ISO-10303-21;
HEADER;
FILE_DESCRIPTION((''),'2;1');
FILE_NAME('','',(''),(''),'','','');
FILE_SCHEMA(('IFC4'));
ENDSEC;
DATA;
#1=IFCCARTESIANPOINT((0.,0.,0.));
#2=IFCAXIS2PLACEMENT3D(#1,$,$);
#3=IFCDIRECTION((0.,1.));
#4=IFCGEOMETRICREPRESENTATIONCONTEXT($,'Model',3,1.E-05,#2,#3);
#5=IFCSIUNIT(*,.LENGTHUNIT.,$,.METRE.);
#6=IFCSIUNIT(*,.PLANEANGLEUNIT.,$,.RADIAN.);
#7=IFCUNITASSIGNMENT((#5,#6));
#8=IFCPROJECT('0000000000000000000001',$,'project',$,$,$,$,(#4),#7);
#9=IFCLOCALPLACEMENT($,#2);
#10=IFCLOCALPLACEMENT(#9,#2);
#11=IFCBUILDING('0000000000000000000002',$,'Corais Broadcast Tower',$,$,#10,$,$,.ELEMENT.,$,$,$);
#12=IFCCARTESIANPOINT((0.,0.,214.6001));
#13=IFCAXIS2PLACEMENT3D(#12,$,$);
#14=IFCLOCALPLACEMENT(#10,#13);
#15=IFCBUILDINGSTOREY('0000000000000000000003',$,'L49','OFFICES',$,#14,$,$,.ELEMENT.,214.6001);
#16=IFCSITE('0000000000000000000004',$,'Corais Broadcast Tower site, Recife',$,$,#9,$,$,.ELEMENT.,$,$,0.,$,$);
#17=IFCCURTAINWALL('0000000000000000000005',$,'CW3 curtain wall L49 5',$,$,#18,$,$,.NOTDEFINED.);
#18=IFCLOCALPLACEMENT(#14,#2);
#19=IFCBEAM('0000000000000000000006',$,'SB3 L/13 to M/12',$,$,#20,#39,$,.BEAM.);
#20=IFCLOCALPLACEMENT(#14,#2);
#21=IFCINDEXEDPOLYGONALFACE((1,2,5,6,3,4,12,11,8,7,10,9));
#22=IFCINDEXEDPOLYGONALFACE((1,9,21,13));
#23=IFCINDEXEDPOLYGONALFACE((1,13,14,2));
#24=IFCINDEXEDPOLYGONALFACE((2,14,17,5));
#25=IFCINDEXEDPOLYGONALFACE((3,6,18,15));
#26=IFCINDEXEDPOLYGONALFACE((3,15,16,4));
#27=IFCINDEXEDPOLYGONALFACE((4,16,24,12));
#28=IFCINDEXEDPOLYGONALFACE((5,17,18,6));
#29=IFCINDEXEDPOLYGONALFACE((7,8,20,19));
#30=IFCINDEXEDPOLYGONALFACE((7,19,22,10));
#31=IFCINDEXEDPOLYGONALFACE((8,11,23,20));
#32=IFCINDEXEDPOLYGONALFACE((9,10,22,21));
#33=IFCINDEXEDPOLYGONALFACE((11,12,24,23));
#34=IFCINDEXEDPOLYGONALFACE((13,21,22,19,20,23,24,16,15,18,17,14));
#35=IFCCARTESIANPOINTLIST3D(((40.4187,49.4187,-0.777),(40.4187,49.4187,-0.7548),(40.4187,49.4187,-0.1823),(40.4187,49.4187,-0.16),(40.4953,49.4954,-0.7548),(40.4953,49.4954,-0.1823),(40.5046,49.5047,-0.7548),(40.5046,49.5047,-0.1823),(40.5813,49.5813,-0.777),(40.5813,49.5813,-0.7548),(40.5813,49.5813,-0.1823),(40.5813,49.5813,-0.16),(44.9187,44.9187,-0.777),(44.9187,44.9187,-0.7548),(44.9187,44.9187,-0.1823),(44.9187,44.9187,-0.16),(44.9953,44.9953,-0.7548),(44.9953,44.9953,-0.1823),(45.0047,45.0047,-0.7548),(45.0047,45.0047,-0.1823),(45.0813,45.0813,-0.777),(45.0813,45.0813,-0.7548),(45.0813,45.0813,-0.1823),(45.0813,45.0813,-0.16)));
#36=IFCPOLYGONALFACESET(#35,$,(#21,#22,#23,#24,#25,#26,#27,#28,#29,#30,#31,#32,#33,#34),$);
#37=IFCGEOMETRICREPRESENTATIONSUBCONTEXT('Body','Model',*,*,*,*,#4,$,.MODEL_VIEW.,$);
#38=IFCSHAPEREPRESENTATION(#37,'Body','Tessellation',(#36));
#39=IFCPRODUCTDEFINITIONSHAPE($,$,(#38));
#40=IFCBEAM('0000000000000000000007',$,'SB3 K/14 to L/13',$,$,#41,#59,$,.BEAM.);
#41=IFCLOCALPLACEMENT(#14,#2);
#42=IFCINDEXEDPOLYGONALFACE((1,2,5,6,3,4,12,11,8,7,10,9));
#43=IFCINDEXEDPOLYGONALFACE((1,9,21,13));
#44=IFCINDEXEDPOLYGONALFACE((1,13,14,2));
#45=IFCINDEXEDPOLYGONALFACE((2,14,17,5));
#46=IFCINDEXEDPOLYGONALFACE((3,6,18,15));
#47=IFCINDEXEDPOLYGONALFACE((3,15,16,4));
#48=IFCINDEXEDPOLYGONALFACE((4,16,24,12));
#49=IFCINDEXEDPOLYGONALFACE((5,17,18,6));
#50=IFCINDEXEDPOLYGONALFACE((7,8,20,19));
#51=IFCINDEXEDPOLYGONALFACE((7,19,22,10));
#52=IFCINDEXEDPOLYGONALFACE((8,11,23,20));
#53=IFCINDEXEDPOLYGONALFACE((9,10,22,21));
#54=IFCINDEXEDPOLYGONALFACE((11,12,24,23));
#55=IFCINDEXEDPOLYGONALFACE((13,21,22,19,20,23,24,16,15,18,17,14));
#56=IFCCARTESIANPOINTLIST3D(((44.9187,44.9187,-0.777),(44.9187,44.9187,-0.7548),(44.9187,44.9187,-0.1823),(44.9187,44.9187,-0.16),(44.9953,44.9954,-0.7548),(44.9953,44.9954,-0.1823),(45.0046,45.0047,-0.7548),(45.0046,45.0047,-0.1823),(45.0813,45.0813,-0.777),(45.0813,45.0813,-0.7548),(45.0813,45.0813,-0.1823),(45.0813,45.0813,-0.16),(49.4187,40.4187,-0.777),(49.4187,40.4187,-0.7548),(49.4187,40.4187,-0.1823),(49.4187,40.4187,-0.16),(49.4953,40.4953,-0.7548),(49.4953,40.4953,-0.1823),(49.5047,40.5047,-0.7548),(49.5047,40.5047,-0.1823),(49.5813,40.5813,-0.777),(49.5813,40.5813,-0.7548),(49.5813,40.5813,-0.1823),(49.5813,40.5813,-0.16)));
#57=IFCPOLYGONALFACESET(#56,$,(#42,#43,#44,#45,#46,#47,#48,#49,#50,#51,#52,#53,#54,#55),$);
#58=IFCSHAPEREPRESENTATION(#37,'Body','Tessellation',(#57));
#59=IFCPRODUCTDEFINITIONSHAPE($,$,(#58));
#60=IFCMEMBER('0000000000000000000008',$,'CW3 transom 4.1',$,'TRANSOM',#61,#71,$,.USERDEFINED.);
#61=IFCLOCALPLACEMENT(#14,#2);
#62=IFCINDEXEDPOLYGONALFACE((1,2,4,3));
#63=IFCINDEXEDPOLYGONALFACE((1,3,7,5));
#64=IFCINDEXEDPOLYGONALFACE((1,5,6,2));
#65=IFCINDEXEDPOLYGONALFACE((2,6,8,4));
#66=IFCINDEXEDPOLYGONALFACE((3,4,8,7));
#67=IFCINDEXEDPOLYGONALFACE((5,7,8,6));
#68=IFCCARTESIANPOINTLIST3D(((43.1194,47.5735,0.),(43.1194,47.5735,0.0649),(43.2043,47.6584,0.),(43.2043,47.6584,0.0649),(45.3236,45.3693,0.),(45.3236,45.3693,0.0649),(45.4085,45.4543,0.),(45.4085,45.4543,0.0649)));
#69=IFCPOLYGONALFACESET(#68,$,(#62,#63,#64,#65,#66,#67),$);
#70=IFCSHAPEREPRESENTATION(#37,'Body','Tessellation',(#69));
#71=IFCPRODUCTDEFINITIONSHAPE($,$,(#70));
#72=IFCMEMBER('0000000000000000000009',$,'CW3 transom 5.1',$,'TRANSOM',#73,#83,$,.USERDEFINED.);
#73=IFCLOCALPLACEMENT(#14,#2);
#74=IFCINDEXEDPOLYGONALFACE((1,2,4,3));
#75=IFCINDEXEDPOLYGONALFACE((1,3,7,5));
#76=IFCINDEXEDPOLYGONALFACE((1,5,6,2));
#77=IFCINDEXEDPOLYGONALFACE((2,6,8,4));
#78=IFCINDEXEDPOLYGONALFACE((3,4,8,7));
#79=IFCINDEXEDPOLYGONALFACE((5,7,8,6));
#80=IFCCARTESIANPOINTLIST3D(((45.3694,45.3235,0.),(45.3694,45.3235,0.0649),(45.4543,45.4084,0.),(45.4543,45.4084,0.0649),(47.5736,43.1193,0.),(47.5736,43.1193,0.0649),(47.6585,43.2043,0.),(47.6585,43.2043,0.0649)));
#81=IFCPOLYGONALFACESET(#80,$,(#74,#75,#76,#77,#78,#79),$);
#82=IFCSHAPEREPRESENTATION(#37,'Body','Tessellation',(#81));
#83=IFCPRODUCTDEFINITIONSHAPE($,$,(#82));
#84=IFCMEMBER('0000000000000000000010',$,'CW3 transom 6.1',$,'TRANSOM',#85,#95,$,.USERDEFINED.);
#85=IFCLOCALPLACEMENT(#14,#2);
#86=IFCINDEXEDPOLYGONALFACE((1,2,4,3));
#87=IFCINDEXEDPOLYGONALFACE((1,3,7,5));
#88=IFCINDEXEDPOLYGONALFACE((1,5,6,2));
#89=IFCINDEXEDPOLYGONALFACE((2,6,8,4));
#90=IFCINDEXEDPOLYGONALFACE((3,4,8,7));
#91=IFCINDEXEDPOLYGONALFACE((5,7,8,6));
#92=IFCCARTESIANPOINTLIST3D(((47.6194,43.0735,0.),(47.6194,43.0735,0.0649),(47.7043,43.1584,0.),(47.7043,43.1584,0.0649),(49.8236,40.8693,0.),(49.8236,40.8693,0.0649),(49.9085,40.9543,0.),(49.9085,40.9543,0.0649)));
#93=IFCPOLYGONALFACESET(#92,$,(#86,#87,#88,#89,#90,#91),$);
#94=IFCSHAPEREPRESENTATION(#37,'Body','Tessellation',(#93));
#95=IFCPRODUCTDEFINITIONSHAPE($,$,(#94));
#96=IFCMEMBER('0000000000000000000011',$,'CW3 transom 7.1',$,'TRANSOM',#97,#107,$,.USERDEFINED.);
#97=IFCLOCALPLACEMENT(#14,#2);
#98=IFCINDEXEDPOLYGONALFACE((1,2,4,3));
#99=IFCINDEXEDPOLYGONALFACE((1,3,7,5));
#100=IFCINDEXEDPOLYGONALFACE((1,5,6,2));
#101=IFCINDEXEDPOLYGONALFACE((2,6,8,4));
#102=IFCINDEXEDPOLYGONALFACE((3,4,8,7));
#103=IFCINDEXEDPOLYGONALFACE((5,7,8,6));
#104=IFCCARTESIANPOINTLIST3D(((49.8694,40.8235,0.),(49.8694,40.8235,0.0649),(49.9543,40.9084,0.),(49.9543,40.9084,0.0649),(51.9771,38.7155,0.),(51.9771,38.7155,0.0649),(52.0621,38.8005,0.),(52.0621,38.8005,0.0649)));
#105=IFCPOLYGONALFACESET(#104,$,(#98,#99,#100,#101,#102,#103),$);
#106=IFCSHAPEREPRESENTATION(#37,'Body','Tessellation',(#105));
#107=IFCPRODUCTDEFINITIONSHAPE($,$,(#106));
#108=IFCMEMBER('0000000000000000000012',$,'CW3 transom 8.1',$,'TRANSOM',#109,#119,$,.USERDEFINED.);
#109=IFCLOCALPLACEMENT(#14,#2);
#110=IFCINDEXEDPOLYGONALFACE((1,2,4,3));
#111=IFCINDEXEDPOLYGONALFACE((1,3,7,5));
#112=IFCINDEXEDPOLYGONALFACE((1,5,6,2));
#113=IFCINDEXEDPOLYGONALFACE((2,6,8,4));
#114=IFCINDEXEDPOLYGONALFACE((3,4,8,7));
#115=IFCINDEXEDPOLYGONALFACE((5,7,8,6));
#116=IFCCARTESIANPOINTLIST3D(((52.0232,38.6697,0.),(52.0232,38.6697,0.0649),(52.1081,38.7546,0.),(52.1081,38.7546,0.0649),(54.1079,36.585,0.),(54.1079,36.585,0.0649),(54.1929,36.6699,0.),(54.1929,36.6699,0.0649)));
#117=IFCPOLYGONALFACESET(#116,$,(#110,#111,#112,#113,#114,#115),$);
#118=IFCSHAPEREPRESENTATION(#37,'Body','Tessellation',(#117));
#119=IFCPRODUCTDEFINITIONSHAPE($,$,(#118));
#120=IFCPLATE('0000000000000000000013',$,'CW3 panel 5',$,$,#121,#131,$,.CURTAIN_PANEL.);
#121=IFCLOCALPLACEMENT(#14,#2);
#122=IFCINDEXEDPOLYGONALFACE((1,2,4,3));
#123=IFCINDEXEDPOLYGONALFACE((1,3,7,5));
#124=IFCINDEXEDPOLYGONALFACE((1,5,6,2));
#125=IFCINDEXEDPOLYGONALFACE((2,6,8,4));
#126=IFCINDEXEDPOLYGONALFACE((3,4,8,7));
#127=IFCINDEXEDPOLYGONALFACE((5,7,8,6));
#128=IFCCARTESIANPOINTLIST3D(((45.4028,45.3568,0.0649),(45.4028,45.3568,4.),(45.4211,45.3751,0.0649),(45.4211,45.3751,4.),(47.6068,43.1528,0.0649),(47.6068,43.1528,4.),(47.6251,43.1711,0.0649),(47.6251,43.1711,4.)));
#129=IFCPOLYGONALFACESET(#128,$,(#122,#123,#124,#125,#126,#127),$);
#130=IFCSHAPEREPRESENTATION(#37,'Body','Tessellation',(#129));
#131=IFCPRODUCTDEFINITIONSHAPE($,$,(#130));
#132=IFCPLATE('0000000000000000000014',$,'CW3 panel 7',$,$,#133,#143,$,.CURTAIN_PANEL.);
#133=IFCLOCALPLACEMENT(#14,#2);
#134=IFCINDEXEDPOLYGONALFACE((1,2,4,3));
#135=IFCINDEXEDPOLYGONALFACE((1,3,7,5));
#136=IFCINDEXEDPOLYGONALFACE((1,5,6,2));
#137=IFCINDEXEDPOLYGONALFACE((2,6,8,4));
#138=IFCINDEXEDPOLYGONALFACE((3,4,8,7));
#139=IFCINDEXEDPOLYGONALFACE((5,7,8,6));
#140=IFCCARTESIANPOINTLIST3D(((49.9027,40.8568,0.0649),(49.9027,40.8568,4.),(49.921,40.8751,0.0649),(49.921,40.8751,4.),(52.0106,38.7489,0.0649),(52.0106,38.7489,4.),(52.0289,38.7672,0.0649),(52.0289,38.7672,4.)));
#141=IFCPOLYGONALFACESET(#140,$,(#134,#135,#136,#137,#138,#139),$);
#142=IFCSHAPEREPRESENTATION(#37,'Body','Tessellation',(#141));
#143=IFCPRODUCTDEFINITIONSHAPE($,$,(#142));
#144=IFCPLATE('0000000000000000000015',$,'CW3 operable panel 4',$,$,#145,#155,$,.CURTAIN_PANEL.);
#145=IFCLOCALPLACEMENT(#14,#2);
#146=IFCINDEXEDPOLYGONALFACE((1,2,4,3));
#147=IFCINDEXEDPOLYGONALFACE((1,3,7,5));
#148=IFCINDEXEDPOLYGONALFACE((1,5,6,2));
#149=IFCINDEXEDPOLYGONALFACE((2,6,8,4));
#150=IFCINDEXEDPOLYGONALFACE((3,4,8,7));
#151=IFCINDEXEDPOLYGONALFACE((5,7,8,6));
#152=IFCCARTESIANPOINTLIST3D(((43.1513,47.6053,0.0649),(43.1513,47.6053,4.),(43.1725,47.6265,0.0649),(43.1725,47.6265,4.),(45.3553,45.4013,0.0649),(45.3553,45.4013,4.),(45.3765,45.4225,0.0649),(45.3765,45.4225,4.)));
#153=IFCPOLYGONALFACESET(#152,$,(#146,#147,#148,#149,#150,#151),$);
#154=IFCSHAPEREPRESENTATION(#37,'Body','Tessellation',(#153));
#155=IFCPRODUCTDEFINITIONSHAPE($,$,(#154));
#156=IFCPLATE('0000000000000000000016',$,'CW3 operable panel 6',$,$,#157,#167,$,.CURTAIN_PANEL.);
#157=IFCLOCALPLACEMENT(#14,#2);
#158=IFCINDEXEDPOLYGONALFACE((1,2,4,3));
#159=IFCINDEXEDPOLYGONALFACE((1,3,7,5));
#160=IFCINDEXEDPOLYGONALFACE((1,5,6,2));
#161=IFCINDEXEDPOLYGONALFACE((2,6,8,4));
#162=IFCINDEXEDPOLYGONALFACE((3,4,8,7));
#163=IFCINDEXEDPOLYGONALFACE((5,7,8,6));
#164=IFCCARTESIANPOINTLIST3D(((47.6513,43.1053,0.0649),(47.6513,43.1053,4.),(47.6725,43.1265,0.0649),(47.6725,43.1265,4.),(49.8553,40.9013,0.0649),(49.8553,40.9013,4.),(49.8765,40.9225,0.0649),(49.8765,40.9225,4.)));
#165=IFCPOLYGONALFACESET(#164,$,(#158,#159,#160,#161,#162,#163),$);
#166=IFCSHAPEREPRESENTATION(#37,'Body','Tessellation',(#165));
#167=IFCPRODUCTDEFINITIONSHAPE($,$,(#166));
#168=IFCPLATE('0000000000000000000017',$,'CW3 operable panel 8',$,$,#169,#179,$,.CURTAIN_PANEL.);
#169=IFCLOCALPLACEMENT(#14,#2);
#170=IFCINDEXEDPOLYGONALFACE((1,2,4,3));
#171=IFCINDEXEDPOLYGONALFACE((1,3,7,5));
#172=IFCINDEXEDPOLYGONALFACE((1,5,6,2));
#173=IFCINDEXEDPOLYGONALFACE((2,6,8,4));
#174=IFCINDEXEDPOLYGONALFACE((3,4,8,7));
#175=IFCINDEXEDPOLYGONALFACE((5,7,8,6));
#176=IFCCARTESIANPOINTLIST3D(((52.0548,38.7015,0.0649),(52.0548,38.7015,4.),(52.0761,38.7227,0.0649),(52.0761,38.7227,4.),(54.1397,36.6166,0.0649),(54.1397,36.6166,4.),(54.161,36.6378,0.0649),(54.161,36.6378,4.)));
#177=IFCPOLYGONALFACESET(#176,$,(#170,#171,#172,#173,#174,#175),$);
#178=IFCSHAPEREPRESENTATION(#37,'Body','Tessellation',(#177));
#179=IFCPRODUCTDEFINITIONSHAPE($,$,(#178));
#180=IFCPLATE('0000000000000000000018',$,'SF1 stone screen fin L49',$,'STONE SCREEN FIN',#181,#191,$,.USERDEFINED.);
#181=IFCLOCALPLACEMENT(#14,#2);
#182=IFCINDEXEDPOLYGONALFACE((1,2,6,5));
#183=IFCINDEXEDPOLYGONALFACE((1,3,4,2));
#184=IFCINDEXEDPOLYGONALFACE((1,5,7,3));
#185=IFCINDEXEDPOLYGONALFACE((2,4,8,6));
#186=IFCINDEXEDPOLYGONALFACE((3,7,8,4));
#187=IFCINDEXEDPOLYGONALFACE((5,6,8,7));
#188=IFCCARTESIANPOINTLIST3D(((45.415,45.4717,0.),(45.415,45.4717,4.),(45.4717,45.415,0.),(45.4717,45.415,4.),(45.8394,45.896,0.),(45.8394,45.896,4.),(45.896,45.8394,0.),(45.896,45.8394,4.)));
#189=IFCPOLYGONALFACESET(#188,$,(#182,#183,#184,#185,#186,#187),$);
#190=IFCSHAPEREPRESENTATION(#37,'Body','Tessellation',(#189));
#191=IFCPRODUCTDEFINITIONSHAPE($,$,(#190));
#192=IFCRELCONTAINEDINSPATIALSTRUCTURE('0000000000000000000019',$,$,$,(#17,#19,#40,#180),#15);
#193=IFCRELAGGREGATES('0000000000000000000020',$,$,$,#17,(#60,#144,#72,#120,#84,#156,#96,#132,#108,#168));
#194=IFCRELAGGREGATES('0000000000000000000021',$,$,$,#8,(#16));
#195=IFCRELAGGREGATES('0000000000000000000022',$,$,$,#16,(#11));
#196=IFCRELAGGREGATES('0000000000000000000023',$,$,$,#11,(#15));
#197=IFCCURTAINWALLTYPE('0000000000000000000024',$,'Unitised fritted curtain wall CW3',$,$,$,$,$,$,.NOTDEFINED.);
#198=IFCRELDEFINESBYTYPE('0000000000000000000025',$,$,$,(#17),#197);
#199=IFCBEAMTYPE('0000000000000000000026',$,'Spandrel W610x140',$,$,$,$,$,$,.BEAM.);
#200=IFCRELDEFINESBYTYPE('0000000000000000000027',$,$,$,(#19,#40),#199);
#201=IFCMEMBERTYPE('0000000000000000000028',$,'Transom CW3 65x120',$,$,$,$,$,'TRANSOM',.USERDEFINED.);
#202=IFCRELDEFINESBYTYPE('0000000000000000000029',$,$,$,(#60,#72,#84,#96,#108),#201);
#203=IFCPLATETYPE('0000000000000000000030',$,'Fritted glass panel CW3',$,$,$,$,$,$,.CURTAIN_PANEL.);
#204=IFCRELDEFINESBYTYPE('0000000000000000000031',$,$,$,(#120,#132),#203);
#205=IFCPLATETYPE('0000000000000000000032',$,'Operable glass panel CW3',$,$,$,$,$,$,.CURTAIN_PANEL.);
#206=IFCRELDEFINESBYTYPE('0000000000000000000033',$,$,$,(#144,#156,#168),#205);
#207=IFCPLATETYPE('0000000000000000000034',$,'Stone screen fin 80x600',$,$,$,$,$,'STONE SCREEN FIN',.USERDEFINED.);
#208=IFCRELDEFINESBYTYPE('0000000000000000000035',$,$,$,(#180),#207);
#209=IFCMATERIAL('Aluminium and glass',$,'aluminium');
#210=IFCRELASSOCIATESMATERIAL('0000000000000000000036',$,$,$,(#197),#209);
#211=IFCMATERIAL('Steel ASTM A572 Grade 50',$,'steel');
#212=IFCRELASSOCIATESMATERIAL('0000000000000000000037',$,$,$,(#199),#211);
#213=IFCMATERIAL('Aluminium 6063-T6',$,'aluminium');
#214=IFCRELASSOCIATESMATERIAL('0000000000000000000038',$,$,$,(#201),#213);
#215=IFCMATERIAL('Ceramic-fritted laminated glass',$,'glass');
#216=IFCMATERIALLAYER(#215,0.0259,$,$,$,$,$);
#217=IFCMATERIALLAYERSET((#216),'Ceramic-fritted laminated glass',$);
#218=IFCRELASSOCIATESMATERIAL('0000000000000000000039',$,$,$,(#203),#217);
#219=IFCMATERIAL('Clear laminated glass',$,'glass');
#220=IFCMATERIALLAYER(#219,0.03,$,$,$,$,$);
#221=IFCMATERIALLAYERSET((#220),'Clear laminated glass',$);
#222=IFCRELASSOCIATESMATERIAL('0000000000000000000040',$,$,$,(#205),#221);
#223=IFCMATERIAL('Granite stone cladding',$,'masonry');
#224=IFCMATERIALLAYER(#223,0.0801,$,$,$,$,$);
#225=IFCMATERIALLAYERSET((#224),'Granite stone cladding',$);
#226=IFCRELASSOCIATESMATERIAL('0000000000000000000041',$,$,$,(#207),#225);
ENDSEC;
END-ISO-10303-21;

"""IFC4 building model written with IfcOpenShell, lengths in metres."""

from ifc_helpers import new_model, si_unit, direction, frame, origin, origin_2d, place, context, subcontext, project, spatial, rectangle, i_section, extrude, material, layer, layer_set, material_profile, profile_set, type_object, element, aggregate, save


model = new_model("IFC4")

# Units and contexts
model_context = context("Model", 3, precision=1e-05, world=origin(), true_north=direction((0.0, 1.0)))
body_context = subcontext(model_context, "Body", "Model", "MODEL_VIEW")
ifc_project = project(units=[si_unit("LENGTHUNIT", "METRE"), si_unit("PLANEANGLEUNIT", "RADIAN")], contexts=[model_context])

# Site, building, storey
site_placement = place(None, origin())
site = spatial("IfcSite", under=ifc_project, at=site_placement, Name="Corais Broadcast Tower site, Recife", CompositionType="ELEMENT", RefElevation=0.0)
building_placement = place(site_placement, origin())
building = spatial("IfcBuilding", under=site, at=building_placement, Name="Corais Broadcast Tower", CompositionType="ELEMENT")
storey_placement = place(building_placement, frame((0.0, 0.0, 214.6001)))
storey = spatial("IfcBuildingStorey", under=building, at=storey_placement, Name="L49", Description="OFFICES", CompositionType="ELEMENT", Elevation=214.6001)

# Curtain wall
ifc_material_1 = material(Name="Aluminium and glass", Category="aluminium")
curtain_wall_type = type_object("IfcCurtainWallType", Name="Unitised fritted curtain wall CW3", PredefinedType="NOTDEFINED", material=ifc_material_1)
curtain_wall_1_placement = place(storey_placement, origin())
curtain_wall_1 = element("IfcCurtainWall", 1, at=curtain_wall_1_placement, inside=storey, type_object=curtain_wall_type, Name="CW3 curtain wall L49 5", PredefinedType="NOTDEFINED")

# Beams
ifc_material_2 = material(Name="Steel ASTM A572 Grade 50", Category="steel")
ifc_material_profile_1 = material_profile(ifc_material_2, i_section(OverallWidth=0.23, OverallDepth=0.6169, WebThickness=0.0132, FlangeThickness=0.0222, at=origin_2d()), Name="W610x140")
ifc_profile_set_1 = profile_set([ifc_material_profile_1], Name="Steel ASTM A572 Grade 50")
beam_type_1 = type_object("IfcBeamType", Name="Spandrel W610x140", PredefinedType="BEAM", material=ifc_profile_set_1)
for number, where, z_axis, x_axis, name in (
    (2, (45.0, 45.0, -0.4685), (-0.707107, 0.707107, 0.0), (-0.707107, -0.707107, 0.0), "SB3 L/13 to M/12"),
    (3, (49.5, 40.5, -0.4685), (-0.707107, 0.707107, 0.0), (-0.707107, -0.707107, 0.0), "SB3 K/14 to L/13"),
):
    element("IfcBeam", number, at=place(storey_placement, frame(where, z_axis=z_axis, x_axis=x_axis)), inside=storey, type_object=beam_type_1, Name=name, PredefinedType="BEAM", context=body_context, shape_type="SweptSolid", body=[
        extrude(i_section(OverallWidth=0.23, OverallDepth=0.6169, WebThickness=0.0132, FlangeThickness=0.0222, at=origin_2d()), origin(), (0.0, 0.0, 1.0), 6.364),
    ])

# Members
ifc_material_3 = material(Name="Aluminium 6063-T6", Category="aluminium")
ifc_material_profile_2 = material_profile(ifc_material_3, rectangle(XDim=0.1201, YDim=0.0649, at=origin_2d()), Name="Transom CW3 65x120")
ifc_profile_set_2 = profile_set([ifc_material_profile_2], Name="Aluminium 6063-T6")
member_type_1 = type_object("IfcMemberType", Name="Transom CW3 65x120", ElementType="TRANSOM", PredefinedType="USERDEFINED", material=ifc_profile_set_2)
member_1_placement = place(storey_placement, frame((43.1619, 47.616, 0.0325), z_axis=(0.707107, -0.707107, 0.0), x_axis=(0.707107, 0.707107, 0.0)))
member_1 = element("IfcMember", 4, at=member_1_placement, type_object=member_type_1, Name="CW3 transom 4.1", ObjectType="TRANSOM", PredefinedType="USERDEFINED", context=body_context, shape_type="SweptSolid", body=[
    extrude(rectangle(XDim=0.1201, YDim=0.0649, at=origin_2d()), origin(), (0.0, 0.0, 1.0), 3.1172),
])
member_2_placement = place(storey_placement, frame((45.4119, 45.366, 0.0325), z_axis=(0.707107, -0.707107, 0.0), x_axis=(0.707107, 0.707107, 0.0)))
member_2 = element("IfcMember", 5, at=member_2_placement, type_object=member_type_1, Name="CW3 transom 5.1", ObjectType="TRANSOM", PredefinedType="USERDEFINED", context=body_context, shape_type="SweptSolid", body=[
    extrude(rectangle(XDim=0.1201, YDim=0.0649, at=origin_2d()), origin(), (0.0, 0.0, 1.0), 3.1172),
])
member_3_placement = place(storey_placement, frame((47.6619, 43.116, 0.0325), z_axis=(0.707107, -0.707107, 0.0), x_axis=(0.707107, 0.707107, 0.0)))
member_3 = element("IfcMember", 6, at=member_3_placement, type_object=member_type_1, Name="CW3 transom 6.1", ObjectType="TRANSOM", PredefinedType="USERDEFINED", context=body_context, shape_type="SweptSolid", body=[
    extrude(rectangle(XDim=0.1201, YDim=0.0649, at=origin_2d()), origin(), (0.0, 0.0, 1.0), 3.1172),
])
member_4_placement = place(storey_placement, frame((49.9119, 40.866, 0.0325), z_axis=(0.707066, -0.707148, 0.0), x_axis=(0.707148, 0.707066, 0.0)))
member_4 = element("IfcMember", 7, at=member_4_placement, type_object=member_type_1, Name="CW3 transom 7.1", ObjectType="TRANSOM", PredefinedType="USERDEFINED", context=body_context, shape_type="SweptSolid", body=[
    extrude(rectangle(XDim=0.1201, YDim=0.0649, at=origin_2d()), origin(), (0.0, 0.0, 1.0), 2.981),
])
member_5_placement = place(storey_placement, frame((52.0657, 38.7122, 0.0325), z_axis=(0.707107, -0.707107, 0.0), x_axis=(0.707107, 0.707107, 0.0)))
member_5 = element("IfcMember", 8, at=member_5_placement, type_object=member_type_1, Name="CW3 transom 8.1", ObjectType="TRANSOM", PredefinedType="USERDEFINED", context=body_context, shape_type="SweptSolid", body=[
    extrude(rectangle(XDim=0.1201, YDim=0.0649, at=origin_2d()), origin(), (0.0, 0.0, 1.0), 2.9482),
])

# Plates
ifc_material_4 = material(Name="Ceramic-fritted laminated glass", Category="glass")
ifc_layer_1 = layer(ifc_material_4, 0.0259)
ifc_layer_set_1 = layer_set([ifc_layer_1], Name="Ceramic-fritted laminated glass")
plate_type_1 = type_object("IfcPlateType", Name="Fritted glass panel CW3", PredefinedType="CURTAIN_PANEL", material=ifc_layer_set_1)
plate_1_placement = place(storey_placement, frame((46.5139, 44.2639, 0.0649), z_axis=(0.0, 0.0, 1.0), x_axis=(0.707107, -0.707107, 0.0)))
plate_1 = element("IfcPlate", 9, at=plate_1_placement, type_object=plate_type_1, Name="CW3 panel 5", PredefinedType="CURTAIN_PANEL", context=body_context, shape_type="SweptSolid", body=[
    extrude(rectangle(XDim=3.1169, YDim=0.0259, at=origin_2d()), origin(), (0.0, 0.0, 1.0), 3.9351),
])
plate_2_placement = place(storey_placement, frame((50.9658, 39.812, 0.0649), z_axis=(0.0, 0.0, 1.0), x_axis=(0.707107, -0.707107, 0.0)))
plate_2 = element("IfcPlate", 10, at=plate_2_placement, type_object=plate_type_1, Name="CW3 panel 7", PredefinedType="CURTAIN_PANEL", context=body_context, shape_type="SweptSolid", body=[
    extrude(rectangle(XDim=2.981, YDim=0.0259, at=origin_2d()), origin(), (0.0, 0.0, 1.0), 3.9351),
])
ifc_material_5 = material(Name="Clear laminated glass", Category="glass")
ifc_layer_2 = layer(ifc_material_5, 0.03)
ifc_layer_set_2 = layer_set([ifc_layer_2], Name="Clear laminated glass")
plate_type_2 = type_object("IfcPlateType", Name="Operable glass panel CW3", PredefinedType="CURTAIN_PANEL", material=ifc_layer_set_2)
plate_3_placement = place(storey_placement, frame((44.2639, 46.5139, 0.0649), z_axis=(0.0, 0.0, 1.0), x_axis=(0.707107, -0.707107, 0.0)))
plate_3 = element("IfcPlate", 11, at=plate_3_placement, type_object=plate_type_2, Name="CW3 operable panel 4", PredefinedType="CURTAIN_PANEL", context=body_context, shape_type="SweptSolid", body=[
    extrude(rectangle(XDim=3.1169, YDim=0.03, at=origin_2d()), origin(), (0.0, 0.0, 1.0), 3.9351),
])
plate_4_placement = place(storey_placement, frame((48.7639, 42.0139, 0.0649), z_axis=(0.0, 0.0, 1.0), x_axis=(0.707107, -0.707107, 0.0)))
plate_4 = element("IfcPlate", 12, at=plate_4_placement, type_object=plate_type_2, Name="CW3 operable panel 6", PredefinedType="CURTAIN_PANEL", context=body_context, shape_type="SweptSolid", body=[
    extrude(rectangle(XDim=3.1169, YDim=0.03, at=origin_2d()), origin(), (0.0, 0.0, 1.0), 3.9351),
])
plate_5_placement = place(storey_placement, frame((53.1079, 37.6697, 0.0649), z_axis=(0.0, 0.0, 1.0), x_axis=(0.707107, -0.707107, 0.0)))
plate_5 = element("IfcPlate", 13, at=plate_5_placement, type_object=plate_type_2, Name="CW3 operable panel 8", PredefinedType="CURTAIN_PANEL", context=body_context, shape_type="SweptSolid", body=[
    extrude(rectangle(XDim=2.9485, YDim=0.03, at=origin_2d()), origin(), (0.0, 0.0, 1.0), 3.9351),
])
aggregate(curtain_wall_1, [member_1, plate_3, member_2, plate_1, member_3, plate_4, member_4, plate_2, member_5, plate_5])

# Plate
ifc_material_6 = material(Name="Granite stone cladding", Category="masonry")
ifc_layer_3 = layer(ifc_material_6, 0.0801)
ifc_layer_set_3 = layer_set([ifc_layer_3], Name="Granite stone cladding")
plate_type_3 = type_object("IfcPlateType", Name="Stone screen fin 80x600", ElementType="STONE SCREEN FIN", PredefinedType="USERDEFINED", material=ifc_layer_set_3)
for number, where, z_axis, x_axis, name in (
    (14, (45.6555, 45.6555, 0.0), (0.0, 0.0, 1.0), (0.707107, -0.707107, 0.0), "SF1 stone screen fin L49"),
):
    element("IfcPlate", number, at=place(storey_placement, frame(where, z_axis=z_axis, x_axis=x_axis)), inside=storey, type_object=plate_type_3, Name=name, ObjectType="STONE SCREEN FIN", PredefinedType="USERDEFINED", context=body_context, shape_type="SweptSolid", body=[
        extrude(rectangle(XDim=0.0801, YDim=0.6001, at=origin_2d()), origin(), (0.0, 0.0, 1.0), 4.0),
    ])

save(model, "model.ifc")
